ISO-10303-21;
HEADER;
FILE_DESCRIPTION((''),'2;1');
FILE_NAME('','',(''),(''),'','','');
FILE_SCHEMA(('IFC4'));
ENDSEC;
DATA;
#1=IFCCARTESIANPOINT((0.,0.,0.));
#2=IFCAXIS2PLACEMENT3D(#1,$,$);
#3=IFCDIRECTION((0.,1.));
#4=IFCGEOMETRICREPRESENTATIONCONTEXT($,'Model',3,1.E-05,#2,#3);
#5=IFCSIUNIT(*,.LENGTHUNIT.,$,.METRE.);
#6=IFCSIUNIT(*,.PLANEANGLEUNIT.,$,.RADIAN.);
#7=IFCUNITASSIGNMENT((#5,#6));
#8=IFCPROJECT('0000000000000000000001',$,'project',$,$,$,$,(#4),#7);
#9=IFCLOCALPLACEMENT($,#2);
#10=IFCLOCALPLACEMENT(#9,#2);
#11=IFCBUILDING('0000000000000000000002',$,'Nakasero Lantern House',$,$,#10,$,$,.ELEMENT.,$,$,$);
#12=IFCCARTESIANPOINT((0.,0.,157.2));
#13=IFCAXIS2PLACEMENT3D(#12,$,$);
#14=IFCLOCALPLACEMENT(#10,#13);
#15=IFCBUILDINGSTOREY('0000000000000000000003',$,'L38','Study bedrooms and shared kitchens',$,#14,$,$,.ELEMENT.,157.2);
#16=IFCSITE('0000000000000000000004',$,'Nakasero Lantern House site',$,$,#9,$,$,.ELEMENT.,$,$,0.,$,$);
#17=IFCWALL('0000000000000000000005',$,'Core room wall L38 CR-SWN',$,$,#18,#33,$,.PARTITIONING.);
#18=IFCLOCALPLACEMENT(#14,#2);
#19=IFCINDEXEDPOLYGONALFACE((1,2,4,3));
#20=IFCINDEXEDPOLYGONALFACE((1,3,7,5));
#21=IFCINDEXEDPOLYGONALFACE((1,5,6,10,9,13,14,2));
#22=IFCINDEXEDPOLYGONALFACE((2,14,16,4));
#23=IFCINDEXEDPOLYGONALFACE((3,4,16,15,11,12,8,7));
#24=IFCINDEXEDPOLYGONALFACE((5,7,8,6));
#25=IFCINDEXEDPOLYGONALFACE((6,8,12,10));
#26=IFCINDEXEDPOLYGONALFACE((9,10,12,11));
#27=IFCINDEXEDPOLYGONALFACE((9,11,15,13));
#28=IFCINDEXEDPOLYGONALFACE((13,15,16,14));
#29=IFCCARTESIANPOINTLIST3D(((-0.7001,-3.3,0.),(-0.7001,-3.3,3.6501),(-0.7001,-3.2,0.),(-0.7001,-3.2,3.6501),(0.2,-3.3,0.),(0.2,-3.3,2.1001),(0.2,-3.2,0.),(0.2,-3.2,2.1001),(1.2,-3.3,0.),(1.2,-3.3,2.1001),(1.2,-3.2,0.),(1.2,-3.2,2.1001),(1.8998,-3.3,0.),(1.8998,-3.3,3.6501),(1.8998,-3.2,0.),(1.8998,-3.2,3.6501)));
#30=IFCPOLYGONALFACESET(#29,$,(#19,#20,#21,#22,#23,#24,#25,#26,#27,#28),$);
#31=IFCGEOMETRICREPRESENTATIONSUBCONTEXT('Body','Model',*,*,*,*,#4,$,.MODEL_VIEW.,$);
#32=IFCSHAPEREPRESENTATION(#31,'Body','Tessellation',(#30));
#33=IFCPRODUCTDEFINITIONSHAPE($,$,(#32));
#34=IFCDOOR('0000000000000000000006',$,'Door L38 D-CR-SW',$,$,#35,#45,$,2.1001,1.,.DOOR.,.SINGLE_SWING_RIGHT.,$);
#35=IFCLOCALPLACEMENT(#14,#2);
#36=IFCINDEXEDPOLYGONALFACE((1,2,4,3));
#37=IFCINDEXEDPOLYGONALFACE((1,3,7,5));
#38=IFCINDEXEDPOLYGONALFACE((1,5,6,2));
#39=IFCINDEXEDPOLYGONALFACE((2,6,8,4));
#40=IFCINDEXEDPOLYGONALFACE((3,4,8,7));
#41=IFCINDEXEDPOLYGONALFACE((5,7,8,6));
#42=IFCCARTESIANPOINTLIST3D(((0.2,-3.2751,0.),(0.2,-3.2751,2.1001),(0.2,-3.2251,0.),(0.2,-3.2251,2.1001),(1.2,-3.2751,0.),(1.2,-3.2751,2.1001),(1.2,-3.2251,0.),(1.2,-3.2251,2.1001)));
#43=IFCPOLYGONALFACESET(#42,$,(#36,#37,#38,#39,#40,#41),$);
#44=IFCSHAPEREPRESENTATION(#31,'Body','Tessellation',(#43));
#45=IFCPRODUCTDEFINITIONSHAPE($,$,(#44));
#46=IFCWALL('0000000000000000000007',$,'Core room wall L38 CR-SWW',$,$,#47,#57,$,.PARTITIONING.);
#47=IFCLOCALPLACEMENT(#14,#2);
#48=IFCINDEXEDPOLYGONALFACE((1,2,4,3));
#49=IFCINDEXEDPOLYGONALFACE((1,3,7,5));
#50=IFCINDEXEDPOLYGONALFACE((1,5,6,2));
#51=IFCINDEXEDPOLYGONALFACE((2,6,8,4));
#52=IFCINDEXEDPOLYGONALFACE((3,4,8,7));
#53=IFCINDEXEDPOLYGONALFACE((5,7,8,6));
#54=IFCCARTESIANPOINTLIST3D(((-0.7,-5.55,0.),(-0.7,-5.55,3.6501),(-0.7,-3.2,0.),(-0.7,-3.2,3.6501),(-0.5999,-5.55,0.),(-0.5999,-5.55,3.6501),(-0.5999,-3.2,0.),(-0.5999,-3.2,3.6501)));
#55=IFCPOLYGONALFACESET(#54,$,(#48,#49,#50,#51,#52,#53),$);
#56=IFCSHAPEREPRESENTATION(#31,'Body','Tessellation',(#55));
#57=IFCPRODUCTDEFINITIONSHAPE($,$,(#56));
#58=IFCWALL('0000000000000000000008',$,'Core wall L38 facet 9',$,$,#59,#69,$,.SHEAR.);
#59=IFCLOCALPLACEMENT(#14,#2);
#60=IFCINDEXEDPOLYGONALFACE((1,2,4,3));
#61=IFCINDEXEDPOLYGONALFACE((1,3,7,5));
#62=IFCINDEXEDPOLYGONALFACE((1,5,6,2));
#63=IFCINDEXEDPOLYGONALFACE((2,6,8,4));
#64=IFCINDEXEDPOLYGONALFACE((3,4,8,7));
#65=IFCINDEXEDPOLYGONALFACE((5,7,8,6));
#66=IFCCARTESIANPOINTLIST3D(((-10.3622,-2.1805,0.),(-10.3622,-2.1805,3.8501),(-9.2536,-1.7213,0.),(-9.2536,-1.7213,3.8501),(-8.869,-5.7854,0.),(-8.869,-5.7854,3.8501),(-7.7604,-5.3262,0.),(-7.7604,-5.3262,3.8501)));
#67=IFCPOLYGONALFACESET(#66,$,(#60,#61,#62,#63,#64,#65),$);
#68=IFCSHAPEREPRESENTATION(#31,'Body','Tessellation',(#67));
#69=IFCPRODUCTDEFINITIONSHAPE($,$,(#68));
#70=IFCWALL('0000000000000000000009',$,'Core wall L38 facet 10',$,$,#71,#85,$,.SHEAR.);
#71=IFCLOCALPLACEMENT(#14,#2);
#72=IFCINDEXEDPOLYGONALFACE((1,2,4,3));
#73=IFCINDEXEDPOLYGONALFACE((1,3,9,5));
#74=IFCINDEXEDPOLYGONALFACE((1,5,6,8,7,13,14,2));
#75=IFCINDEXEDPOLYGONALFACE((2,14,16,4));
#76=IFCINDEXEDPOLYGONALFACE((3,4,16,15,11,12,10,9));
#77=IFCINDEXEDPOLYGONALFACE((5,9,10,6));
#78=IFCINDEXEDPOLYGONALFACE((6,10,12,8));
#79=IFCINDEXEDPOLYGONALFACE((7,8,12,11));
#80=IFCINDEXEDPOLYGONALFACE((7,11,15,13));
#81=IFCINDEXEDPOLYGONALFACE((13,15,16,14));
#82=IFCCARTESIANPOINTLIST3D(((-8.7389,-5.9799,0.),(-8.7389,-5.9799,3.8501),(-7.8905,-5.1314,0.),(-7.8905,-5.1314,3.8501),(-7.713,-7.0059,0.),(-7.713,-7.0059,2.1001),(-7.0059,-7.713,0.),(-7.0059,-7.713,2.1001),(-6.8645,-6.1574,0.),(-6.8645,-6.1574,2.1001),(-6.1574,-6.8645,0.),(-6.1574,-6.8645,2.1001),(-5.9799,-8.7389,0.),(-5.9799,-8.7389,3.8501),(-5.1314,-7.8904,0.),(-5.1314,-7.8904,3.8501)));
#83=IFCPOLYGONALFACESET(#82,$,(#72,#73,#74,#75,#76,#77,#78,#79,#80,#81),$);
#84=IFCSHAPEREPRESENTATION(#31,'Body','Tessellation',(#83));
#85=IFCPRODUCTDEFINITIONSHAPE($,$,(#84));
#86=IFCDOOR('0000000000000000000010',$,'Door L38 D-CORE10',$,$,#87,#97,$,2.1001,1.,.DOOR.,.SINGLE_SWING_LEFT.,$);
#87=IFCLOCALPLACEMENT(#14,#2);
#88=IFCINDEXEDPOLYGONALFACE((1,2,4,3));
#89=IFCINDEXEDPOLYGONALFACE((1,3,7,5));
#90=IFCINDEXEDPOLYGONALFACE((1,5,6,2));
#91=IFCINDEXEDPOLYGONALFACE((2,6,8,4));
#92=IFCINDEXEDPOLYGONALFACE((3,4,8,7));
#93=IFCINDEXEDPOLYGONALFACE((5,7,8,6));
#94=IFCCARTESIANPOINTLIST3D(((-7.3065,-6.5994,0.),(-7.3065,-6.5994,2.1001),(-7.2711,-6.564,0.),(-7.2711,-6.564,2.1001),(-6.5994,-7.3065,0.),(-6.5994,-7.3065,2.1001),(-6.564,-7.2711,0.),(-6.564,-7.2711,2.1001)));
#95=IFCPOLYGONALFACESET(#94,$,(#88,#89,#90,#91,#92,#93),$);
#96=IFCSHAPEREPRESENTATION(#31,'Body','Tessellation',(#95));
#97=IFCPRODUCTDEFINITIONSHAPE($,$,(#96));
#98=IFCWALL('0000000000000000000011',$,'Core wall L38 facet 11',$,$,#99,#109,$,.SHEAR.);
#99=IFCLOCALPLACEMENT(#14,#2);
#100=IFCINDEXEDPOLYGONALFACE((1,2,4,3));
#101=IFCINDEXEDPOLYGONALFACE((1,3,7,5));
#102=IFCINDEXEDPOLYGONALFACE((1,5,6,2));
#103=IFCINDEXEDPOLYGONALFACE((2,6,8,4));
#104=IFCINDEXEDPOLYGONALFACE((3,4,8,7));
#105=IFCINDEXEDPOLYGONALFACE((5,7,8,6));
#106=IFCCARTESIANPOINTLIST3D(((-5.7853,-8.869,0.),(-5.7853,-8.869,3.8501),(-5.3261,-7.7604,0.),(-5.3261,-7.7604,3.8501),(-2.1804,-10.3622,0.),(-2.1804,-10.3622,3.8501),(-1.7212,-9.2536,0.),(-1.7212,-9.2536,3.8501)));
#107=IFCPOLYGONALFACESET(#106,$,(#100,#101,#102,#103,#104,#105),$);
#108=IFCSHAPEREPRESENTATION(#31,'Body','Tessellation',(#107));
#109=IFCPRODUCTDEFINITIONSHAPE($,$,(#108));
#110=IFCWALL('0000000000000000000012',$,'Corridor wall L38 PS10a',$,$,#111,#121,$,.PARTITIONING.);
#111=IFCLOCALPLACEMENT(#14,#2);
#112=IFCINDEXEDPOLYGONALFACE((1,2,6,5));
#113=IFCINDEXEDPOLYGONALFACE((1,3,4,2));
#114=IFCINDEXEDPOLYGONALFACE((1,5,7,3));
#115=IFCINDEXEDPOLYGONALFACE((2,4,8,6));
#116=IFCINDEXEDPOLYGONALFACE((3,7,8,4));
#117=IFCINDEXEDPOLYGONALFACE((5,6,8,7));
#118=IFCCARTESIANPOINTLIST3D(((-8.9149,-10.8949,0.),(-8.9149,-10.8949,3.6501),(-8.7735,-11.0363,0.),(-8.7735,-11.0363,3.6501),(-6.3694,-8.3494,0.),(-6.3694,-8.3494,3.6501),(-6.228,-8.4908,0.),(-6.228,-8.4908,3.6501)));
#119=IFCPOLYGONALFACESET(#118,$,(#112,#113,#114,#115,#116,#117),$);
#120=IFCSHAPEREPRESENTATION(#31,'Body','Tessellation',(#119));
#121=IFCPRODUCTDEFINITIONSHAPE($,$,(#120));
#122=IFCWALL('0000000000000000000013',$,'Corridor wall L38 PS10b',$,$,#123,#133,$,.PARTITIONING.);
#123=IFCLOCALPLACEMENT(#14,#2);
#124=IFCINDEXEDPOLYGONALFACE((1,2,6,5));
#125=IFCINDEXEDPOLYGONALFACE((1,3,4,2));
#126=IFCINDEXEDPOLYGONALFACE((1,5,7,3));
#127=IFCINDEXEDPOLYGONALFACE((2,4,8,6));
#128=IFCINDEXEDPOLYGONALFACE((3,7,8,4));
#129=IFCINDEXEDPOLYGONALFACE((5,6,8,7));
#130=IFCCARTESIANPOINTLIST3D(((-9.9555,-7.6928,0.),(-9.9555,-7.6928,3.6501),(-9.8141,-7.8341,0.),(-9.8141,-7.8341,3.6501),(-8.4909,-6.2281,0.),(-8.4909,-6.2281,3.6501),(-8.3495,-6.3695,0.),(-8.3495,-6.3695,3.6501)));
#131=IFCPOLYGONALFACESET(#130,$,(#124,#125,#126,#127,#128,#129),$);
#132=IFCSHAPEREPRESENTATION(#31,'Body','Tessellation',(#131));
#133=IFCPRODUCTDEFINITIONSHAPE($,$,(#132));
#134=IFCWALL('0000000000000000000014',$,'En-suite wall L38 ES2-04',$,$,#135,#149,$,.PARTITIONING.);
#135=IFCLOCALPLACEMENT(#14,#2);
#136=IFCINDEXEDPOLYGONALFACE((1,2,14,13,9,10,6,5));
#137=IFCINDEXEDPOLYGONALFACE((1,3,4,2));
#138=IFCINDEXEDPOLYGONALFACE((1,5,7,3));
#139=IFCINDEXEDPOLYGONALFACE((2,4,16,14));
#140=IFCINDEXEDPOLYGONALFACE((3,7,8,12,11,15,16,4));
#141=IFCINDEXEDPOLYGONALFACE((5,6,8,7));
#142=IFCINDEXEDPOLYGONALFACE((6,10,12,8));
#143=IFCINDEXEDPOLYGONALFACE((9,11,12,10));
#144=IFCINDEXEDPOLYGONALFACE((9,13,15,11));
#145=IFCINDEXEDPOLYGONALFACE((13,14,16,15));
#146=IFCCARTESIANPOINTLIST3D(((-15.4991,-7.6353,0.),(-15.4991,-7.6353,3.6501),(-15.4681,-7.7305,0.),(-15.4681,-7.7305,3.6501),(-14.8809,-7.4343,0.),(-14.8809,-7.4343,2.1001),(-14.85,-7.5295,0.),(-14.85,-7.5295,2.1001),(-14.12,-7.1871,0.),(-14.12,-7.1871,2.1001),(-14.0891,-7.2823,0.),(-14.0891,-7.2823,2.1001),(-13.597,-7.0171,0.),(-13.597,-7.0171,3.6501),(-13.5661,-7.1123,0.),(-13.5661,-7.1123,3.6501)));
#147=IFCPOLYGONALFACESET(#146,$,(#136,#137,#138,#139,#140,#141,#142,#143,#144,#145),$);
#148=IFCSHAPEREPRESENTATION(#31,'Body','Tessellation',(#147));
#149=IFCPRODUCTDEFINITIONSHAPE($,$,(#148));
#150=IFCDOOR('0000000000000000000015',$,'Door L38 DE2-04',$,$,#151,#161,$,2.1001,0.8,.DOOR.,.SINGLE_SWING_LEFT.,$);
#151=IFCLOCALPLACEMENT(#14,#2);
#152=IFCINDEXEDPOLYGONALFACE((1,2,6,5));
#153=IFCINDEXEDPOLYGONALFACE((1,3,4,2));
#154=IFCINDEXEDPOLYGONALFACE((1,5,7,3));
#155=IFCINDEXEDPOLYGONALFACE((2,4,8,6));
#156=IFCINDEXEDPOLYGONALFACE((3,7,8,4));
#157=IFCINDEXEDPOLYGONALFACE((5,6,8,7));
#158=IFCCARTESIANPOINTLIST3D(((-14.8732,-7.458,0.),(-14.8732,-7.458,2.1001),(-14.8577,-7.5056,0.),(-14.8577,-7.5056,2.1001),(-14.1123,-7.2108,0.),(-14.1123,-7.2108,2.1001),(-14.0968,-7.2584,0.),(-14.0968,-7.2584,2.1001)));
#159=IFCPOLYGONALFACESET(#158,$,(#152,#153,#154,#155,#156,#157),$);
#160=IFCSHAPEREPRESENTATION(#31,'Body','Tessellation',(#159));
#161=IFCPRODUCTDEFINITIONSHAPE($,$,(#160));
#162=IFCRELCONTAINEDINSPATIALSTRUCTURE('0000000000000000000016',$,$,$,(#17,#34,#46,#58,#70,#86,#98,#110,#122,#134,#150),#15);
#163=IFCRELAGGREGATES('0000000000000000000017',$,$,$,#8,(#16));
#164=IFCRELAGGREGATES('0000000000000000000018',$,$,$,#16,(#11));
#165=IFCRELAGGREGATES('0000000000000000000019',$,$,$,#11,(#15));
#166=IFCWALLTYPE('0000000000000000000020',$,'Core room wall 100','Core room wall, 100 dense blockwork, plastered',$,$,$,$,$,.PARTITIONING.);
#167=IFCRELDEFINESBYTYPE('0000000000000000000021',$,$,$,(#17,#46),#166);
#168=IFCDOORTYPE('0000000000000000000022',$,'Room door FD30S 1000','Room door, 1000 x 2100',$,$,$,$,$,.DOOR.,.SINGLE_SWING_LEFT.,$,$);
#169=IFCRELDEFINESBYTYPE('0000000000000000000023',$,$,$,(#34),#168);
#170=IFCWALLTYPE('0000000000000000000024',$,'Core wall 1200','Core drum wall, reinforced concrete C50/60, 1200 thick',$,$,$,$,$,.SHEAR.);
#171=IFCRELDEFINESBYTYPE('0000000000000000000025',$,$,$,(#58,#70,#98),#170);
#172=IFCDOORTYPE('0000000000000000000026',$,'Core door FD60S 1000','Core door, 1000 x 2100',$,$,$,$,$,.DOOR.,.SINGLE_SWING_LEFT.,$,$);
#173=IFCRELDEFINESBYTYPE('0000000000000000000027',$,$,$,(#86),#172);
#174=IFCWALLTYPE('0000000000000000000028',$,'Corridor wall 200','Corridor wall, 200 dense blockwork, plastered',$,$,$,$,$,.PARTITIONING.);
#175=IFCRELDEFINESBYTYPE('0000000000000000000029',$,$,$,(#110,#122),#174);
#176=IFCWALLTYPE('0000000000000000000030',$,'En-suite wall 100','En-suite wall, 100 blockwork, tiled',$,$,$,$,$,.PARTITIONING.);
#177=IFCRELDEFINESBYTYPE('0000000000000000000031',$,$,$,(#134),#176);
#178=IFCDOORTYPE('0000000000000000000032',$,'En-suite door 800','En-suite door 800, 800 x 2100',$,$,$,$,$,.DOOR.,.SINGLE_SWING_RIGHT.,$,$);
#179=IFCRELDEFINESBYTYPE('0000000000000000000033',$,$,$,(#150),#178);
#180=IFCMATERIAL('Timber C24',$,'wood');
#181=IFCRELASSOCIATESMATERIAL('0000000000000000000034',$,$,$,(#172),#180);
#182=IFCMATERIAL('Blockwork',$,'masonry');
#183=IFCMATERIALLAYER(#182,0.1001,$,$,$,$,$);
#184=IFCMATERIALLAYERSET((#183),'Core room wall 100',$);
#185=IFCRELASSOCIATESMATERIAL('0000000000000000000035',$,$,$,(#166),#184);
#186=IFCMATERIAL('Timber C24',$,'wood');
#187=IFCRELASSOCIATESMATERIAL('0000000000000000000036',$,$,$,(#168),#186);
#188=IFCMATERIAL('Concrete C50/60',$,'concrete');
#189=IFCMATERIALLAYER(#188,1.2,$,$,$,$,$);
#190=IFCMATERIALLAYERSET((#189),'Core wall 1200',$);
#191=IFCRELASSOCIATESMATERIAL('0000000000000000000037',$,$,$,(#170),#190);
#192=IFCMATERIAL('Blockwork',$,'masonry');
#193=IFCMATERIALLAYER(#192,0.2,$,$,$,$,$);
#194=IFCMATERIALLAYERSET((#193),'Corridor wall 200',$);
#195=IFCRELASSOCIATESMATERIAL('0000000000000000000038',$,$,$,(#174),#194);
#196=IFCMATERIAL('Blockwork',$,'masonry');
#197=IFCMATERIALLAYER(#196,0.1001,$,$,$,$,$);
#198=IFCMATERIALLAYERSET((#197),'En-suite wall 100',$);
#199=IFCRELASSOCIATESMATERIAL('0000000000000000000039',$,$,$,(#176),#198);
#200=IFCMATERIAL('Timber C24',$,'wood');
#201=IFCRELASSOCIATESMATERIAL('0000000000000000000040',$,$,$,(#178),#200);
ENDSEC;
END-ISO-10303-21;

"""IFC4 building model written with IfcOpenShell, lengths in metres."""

from ifc_helpers import new_model, si_unit, direction, frame, frame_2d, origin, place, context, subcontext, project, spatial, rectangle, extrude, material, layer, layer_set, type_object, element, fill, save


model = new_model("IFC4")

# Units and contexts
model_context = context("Model", 3, precision=1e-05, world=origin(), true_north=direction((0.0, 1.0)))
body_context = subcontext(model_context, "Body", "Model", "MODEL_VIEW")
ifc_project = project(units=[si_unit("LENGTHUNIT", "METRE"), si_unit("PLANEANGLEUNIT", "RADIAN")], contexts=[model_context])

# Site, building, storey
site_placement = place(None, origin())
site = spatial("IfcSite", under=ifc_project, at=site_placement, Name="Nakasero Lantern House site", CompositionType="ELEMENT", RefElevation=0.0)
building_placement = place(site_placement, origin())
building = spatial("IfcBuilding", under=site, at=building_placement, Name="Nakasero Lantern House", CompositionType="ELEMENT")
storey_placement = place(building_placement, frame((0.0, 0.0, 157.2)))
storey = spatial("IfcBuildingStorey", under=building, at=storey_placement, Name="L38", Description="Study bedrooms and shared kitchens", CompositionType="ELEMENT", Elevation=157.2)

# Shared definitions
ifc_material_1 = material(Name="Timber C24", Category="wood")
door_type_1 = type_object("IfcDoorType", Name="Core door FD60S 1000", Description="Core door, 1000 x 2100", OperationType="SINGLE_SWING_LEFT", PredefinedType="DOOR", material=ifc_material_1)

# Wall, opening, door
ifc_material_2 = material(Name="Blockwork", Category="masonry")
ifc_layer_1 = layer(ifc_material_2, 0.1001)
ifc_layer_set_1 = layer_set([ifc_layer_1], Name="Core room wall 100")
wall_type_1 = type_object("IfcWallType", Name="Core room wall 100", Description="Core room wall, 100 dense blockwork, plastered", PredefinedType="PARTITIONING", material=ifc_layer_set_1)
wall_1_placement = place(storey_placement, frame((-0.7, -3.25, 0.0), z_axis=(0.0, 0.0, 1.0), x_axis=(1.0, 0.0, 0.0)))
wall_1 = element("IfcWall", 1, at=wall_1_placement, inside=storey, type_object=wall_type_1, Name="Core room wall L38 CR-SWN", PredefinedType="PARTITIONING", context=body_context, shape_type="SweptSolid", body=[
    extrude(rectangle(XDim=2.5999, YDim=0.1001, at=frame_2d((1.2998, 0.0))), origin(), (0.0, 0.0, 1.0), 3.6501),
])
opening_1_placement = place(wall_1_placement, frame((0.8999, 0.0, 0.0)))
opening_1 = element("IfcOpeningElement", 2, at=opening_1_placement, cuts=wall_1, PredefinedType="OPENING", context=body_context, shape_type="SweptSolid", body=[
    extrude(rectangle(XDim=1.0, YDim=2.1001, at=frame_2d((0.5, 1.05))), frame((0.0, 0.0701, 0.0), z_axis=(0.0, -1.0, 0.0), x_axis=(1.0, 0.0, 0.0)), (0.0, 0.0, 1.0), 0.1401),
])
ifc_material_3 = material(Name="Timber C24", Category="wood")
door_type_2 = type_object("IfcDoorType", Name="Room door FD30S 1000", Description="Room door, 1000 x 2100", OperationType="SINGLE_SWING_LEFT", PredefinedType="DOOR", material=ifc_material_3)
door_1_placement = place(opening_1_placement, origin())
door_1 = element("IfcDoor", 3, at=door_1_placement, inside=storey, type_object=door_type_2, Name="Door L38 D-CR-SW", OperationType="SINGLE_SWING_RIGHT", OverallHeight=2.1001, OverallWidth=1.0, PredefinedType="DOOR", context=body_context, shape_type="SweptSolid", body=[
    extrude(rectangle(XDim=1.0, YDim=2.1001, at=frame_2d((0.5, 1.05))), frame((0.0, 0.0249, 0.0), z_axis=(0.0, -1.0, 0.0), x_axis=(1.0, 0.0, 0.0)), (0.0, 0.0, 1.0), 0.05),
])
fill(opening_1, door_1)

# Walls
wall_2_placement = place(storey_placement, frame((-0.6499, -5.55, 0.0), z_axis=(0.0, 0.0, 1.0), x_axis=(0.0, 1.0, 0.0)))
element("IfcWall", 4, at=wall_2_placement, inside=storey, type_object=wall_type_1, Name="Core room wall L38 CR-SWW", PredefinedType="PARTITIONING", context=body_context, shape_type="SweptSolid", body=[
    extrude(rectangle(XDim=2.3501, YDim=0.1001, at=frame_2d((1.175, 0.0))), origin(), (0.0, 0.0, 1.0), 3.6501),
])
ifc_material_4 = material(Name="Concrete C50/60", Category="concrete")
ifc_layer_2 = layer(ifc_material_4, 1.2)
ifc_layer_set_2 = layer_set([ifc_layer_2], Name="Core wall 1200")
wall_type_2 = type_object("IfcWallType", Name="Core wall 1200", Description="Core drum wall, reinforced concrete C50/60, 1200 thick", PredefinedType="SHEAR", material=ifc_layer_set_2)
wall_3_placement = place(storey_placement, frame((-9.8079, -1.9509, 0.0), z_axis=(0.0, 0.0, 1.0), x_axis=(0.382691, -0.923877, 0.0)))
element("IfcWall", 5, at=wall_3_placement, inside=storey, type_object=wall_type_2, Name="Core wall L38 facet 9", PredefinedType="SHEAR", context=body_context, shape_type="SweptSolid", body=[
    extrude(rectangle(XDim=3.9019, YDim=1.2, at=frame_2d((1.9509, 0.0))), origin(), (0.0, 0.0, 1.0), 3.8501),
])

# Wall, opening, door
wall_4_placement = place(storey_placement, frame((-8.3147, -5.5557, 0.0), z_axis=(0.0, 0.0, 1.0), x_axis=(0.707107, -0.707107, 0.0)))
wall_4 = element("IfcWall", 6, at=wall_4_placement, inside=storey, type_object=wall_type_2, Name="Core wall L38 facet 10", PredefinedType="SHEAR", context=body_context, shape_type="SweptSolid", body=[
    extrude(rectangle(XDim=3.9019, YDim=1.2, at=frame_2d((1.9509, 0.0))), origin(), (0.0, 0.0, 1.0), 3.8501),
])
opening_2_placement = place(wall_4_placement, frame((1.4509, 0.0, 0.0)))
opening_2 = element("IfcOpeningElement", 7, at=opening_2_placement, cuts=wall_4, PredefinedType="OPENING", context=body_context, shape_type="SweptSolid", body=[
    extrude(rectangle(XDim=1.0, YDim=2.1001, at=frame_2d((0.5, 1.05))), frame((0.0, 0.6199, 0.0), z_axis=(0.0, -1.0, 0.0), x_axis=(1.0, 0.0, 0.0)), (0.0, 0.0, 1.0), 1.24),
])
door_2_placement = place(opening_2_placement, origin())
door_2 = element("IfcDoor", 8, at=door_2_placement, inside=storey, type_object=door_type_1, Name="Door L38 D-CORE10", OperationType="SINGLE_SWING_LEFT", OverallHeight=2.1001, OverallWidth=1.0, PredefinedType="DOOR", context=body_context, shape_type="SweptSolid", body=[
    extrude(rectangle(XDim=1.0, YDim=2.1001, at=frame_2d((0.5, 1.05))), frame((0.0, 0.0249, 0.0), z_axis=(0.0, -1.0, 0.0), x_axis=(1.0, 0.0, 0.0)), (0.0, 0.0, 1.0), 0.05),
])
fill(opening_2, door_2)

# Walls
wall_5_placement = place(storey_placement, frame((-5.5557, -8.3147, 0.0), z_axis=(0.0, 0.0, 1.0), x_axis=(0.923877, -0.382691, 0.0)))
element("IfcWall", 9, at=wall_5_placement, inside=storey, type_object=wall_type_2, Name="Core wall L38 facet 11", PredefinedType="SHEAR", context=body_context, shape_type="SweptSolid", body=[
    extrude(rectangle(XDim=3.9019, YDim=1.2, at=frame_2d((1.9509, 0.0))), origin(), (0.0, 0.0, 1.0), 3.8501),
])
ifc_material_5 = material(Name="Blockwork", Category="masonry")
ifc_layer_3 = layer(ifc_material_5, 0.2)
ifc_layer_set_3 = layer_set([ifc_layer_3], Name="Corridor wall 200")
wall_type_3 = type_object("IfcWallType", Name="Corridor wall 200", Description="Corridor wall, 200 dense blockwork, plastered", PredefinedType="PARTITIONING", material=ifc_layer_set_3)
wall_6_placement = place(storey_placement, frame((-6.2988, -8.4202, 0.0), z_axis=(0.0, 0.0, 1.0), x_axis=(-0.707107, -0.707107, 0.0)))
element("IfcWall", 10, at=wall_6_placement, inside=storey, type_object=wall_type_3, Name="Corridor wall L38 PS10a", PredefinedType="PARTITIONING", context=body_context, shape_type="SweptSolid", body=[
    extrude(rectangle(XDim=3.5999, YDim=0.2, at=frame_2d((1.7998, 0.0))), origin(), (0.0, 0.0, 1.0), 3.6501),
])
wall_7_placement = place(storey_placement, frame((-8.4202, -6.2988, 0.0), z_axis=(0.0, 0.0, 1.0), x_axis=(-0.707107, -0.707107, 0.0)))
element("IfcWall", 11, at=wall_7_placement, inside=storey, type_object=wall_type_3, Name="Corridor wall L38 PS10b", PredefinedType="PARTITIONING", context=body_context, shape_type="SweptSolid", body=[
    extrude(rectangle(XDim=2.0713, YDim=0.2, at=frame_2d((1.0356, 0.0))), origin(), (0.0, 0.0, 1.0), 3.6501),
])

# Wall, opening, door
ifc_material_6 = material(Name="Blockwork", Category="masonry")
ifc_layer_4 = layer(ifc_material_6, 0.1001)
ifc_layer_set_4 = layer_set([ifc_layer_4], Name="En-suite wall 100")
wall_type_4 = type_object("IfcWallType", Name="En-suite wall 100", Description="En-suite wall, 100 blockwork, tiled", PredefinedType="PARTITIONING", material=ifc_layer_set_4)
wall_8_placement = place(storey_placement, frame((-13.5815, -7.0647, 0.0), z_axis=(0.0, 0.0, 1.0), x_axis=(-0.951037, -0.309078, 0.0)))
wall_8 = element("IfcWall", 12, at=wall_8_placement, inside=storey, type_object=wall_type_4, Name="En-suite wall L38 ES2-04", PredefinedType="PARTITIONING", context=body_context, shape_type="SweptSolid", body=[
    extrude(rectangle(XDim=2.0, YDim=0.1001, at=frame_2d((1.0, 0.0))), origin(), (0.0, 0.0, 1.0), 3.6501),
])
opening_3_placement = place(wall_8_placement, frame((0.55, 0.0, 0.0)))
opening_3 = element("IfcOpeningElement", 13, at=opening_3_placement, cuts=wall_8, PredefinedType="OPENING", context=body_context, shape_type="SweptSolid", body=[
    extrude(rectangle(XDim=0.8, YDim=2.1001, at=frame_2d((0.3999, 1.05))), frame((0.0, 0.0701, 0.0), z_axis=(0.0, -1.0, 0.0), x_axis=(1.0, 0.0, 0.0)), (0.0, 0.0, 1.0), 0.1401),
])
ifc_material_7 = material(Name="Timber C24", Category="wood")
door_type_3 = type_object("IfcDoorType", Name="En-suite door 800", Description="En-suite door 800, 800 x 2100", OperationType="SINGLE_SWING_RIGHT", PredefinedType="DOOR", material=ifc_material_7)
door_3_placement = place(opening_3_placement, origin())
door_3 = element("IfcDoor", 14, at=door_3_placement, inside=storey, type_object=door_type_3, Name="Door L38 DE2-04", OperationType="SINGLE_SWING_LEFT", OverallHeight=2.1001, OverallWidth=0.8, PredefinedType="DOOR", context=body_context, shape_type="SweptSolid", body=[
    extrude(rectangle(XDim=0.8, YDim=2.1001, at=frame_2d((0.3999, 1.05))), frame((0.0, 0.0249, 0.0), z_axis=(0.0, -1.0, 0.0), x_axis=(1.0, 0.0, 0.0)), (0.0, 0.0, 1.0), 0.05),
])
fill(opening_3, door_3)

save(model, "model.ifc")
